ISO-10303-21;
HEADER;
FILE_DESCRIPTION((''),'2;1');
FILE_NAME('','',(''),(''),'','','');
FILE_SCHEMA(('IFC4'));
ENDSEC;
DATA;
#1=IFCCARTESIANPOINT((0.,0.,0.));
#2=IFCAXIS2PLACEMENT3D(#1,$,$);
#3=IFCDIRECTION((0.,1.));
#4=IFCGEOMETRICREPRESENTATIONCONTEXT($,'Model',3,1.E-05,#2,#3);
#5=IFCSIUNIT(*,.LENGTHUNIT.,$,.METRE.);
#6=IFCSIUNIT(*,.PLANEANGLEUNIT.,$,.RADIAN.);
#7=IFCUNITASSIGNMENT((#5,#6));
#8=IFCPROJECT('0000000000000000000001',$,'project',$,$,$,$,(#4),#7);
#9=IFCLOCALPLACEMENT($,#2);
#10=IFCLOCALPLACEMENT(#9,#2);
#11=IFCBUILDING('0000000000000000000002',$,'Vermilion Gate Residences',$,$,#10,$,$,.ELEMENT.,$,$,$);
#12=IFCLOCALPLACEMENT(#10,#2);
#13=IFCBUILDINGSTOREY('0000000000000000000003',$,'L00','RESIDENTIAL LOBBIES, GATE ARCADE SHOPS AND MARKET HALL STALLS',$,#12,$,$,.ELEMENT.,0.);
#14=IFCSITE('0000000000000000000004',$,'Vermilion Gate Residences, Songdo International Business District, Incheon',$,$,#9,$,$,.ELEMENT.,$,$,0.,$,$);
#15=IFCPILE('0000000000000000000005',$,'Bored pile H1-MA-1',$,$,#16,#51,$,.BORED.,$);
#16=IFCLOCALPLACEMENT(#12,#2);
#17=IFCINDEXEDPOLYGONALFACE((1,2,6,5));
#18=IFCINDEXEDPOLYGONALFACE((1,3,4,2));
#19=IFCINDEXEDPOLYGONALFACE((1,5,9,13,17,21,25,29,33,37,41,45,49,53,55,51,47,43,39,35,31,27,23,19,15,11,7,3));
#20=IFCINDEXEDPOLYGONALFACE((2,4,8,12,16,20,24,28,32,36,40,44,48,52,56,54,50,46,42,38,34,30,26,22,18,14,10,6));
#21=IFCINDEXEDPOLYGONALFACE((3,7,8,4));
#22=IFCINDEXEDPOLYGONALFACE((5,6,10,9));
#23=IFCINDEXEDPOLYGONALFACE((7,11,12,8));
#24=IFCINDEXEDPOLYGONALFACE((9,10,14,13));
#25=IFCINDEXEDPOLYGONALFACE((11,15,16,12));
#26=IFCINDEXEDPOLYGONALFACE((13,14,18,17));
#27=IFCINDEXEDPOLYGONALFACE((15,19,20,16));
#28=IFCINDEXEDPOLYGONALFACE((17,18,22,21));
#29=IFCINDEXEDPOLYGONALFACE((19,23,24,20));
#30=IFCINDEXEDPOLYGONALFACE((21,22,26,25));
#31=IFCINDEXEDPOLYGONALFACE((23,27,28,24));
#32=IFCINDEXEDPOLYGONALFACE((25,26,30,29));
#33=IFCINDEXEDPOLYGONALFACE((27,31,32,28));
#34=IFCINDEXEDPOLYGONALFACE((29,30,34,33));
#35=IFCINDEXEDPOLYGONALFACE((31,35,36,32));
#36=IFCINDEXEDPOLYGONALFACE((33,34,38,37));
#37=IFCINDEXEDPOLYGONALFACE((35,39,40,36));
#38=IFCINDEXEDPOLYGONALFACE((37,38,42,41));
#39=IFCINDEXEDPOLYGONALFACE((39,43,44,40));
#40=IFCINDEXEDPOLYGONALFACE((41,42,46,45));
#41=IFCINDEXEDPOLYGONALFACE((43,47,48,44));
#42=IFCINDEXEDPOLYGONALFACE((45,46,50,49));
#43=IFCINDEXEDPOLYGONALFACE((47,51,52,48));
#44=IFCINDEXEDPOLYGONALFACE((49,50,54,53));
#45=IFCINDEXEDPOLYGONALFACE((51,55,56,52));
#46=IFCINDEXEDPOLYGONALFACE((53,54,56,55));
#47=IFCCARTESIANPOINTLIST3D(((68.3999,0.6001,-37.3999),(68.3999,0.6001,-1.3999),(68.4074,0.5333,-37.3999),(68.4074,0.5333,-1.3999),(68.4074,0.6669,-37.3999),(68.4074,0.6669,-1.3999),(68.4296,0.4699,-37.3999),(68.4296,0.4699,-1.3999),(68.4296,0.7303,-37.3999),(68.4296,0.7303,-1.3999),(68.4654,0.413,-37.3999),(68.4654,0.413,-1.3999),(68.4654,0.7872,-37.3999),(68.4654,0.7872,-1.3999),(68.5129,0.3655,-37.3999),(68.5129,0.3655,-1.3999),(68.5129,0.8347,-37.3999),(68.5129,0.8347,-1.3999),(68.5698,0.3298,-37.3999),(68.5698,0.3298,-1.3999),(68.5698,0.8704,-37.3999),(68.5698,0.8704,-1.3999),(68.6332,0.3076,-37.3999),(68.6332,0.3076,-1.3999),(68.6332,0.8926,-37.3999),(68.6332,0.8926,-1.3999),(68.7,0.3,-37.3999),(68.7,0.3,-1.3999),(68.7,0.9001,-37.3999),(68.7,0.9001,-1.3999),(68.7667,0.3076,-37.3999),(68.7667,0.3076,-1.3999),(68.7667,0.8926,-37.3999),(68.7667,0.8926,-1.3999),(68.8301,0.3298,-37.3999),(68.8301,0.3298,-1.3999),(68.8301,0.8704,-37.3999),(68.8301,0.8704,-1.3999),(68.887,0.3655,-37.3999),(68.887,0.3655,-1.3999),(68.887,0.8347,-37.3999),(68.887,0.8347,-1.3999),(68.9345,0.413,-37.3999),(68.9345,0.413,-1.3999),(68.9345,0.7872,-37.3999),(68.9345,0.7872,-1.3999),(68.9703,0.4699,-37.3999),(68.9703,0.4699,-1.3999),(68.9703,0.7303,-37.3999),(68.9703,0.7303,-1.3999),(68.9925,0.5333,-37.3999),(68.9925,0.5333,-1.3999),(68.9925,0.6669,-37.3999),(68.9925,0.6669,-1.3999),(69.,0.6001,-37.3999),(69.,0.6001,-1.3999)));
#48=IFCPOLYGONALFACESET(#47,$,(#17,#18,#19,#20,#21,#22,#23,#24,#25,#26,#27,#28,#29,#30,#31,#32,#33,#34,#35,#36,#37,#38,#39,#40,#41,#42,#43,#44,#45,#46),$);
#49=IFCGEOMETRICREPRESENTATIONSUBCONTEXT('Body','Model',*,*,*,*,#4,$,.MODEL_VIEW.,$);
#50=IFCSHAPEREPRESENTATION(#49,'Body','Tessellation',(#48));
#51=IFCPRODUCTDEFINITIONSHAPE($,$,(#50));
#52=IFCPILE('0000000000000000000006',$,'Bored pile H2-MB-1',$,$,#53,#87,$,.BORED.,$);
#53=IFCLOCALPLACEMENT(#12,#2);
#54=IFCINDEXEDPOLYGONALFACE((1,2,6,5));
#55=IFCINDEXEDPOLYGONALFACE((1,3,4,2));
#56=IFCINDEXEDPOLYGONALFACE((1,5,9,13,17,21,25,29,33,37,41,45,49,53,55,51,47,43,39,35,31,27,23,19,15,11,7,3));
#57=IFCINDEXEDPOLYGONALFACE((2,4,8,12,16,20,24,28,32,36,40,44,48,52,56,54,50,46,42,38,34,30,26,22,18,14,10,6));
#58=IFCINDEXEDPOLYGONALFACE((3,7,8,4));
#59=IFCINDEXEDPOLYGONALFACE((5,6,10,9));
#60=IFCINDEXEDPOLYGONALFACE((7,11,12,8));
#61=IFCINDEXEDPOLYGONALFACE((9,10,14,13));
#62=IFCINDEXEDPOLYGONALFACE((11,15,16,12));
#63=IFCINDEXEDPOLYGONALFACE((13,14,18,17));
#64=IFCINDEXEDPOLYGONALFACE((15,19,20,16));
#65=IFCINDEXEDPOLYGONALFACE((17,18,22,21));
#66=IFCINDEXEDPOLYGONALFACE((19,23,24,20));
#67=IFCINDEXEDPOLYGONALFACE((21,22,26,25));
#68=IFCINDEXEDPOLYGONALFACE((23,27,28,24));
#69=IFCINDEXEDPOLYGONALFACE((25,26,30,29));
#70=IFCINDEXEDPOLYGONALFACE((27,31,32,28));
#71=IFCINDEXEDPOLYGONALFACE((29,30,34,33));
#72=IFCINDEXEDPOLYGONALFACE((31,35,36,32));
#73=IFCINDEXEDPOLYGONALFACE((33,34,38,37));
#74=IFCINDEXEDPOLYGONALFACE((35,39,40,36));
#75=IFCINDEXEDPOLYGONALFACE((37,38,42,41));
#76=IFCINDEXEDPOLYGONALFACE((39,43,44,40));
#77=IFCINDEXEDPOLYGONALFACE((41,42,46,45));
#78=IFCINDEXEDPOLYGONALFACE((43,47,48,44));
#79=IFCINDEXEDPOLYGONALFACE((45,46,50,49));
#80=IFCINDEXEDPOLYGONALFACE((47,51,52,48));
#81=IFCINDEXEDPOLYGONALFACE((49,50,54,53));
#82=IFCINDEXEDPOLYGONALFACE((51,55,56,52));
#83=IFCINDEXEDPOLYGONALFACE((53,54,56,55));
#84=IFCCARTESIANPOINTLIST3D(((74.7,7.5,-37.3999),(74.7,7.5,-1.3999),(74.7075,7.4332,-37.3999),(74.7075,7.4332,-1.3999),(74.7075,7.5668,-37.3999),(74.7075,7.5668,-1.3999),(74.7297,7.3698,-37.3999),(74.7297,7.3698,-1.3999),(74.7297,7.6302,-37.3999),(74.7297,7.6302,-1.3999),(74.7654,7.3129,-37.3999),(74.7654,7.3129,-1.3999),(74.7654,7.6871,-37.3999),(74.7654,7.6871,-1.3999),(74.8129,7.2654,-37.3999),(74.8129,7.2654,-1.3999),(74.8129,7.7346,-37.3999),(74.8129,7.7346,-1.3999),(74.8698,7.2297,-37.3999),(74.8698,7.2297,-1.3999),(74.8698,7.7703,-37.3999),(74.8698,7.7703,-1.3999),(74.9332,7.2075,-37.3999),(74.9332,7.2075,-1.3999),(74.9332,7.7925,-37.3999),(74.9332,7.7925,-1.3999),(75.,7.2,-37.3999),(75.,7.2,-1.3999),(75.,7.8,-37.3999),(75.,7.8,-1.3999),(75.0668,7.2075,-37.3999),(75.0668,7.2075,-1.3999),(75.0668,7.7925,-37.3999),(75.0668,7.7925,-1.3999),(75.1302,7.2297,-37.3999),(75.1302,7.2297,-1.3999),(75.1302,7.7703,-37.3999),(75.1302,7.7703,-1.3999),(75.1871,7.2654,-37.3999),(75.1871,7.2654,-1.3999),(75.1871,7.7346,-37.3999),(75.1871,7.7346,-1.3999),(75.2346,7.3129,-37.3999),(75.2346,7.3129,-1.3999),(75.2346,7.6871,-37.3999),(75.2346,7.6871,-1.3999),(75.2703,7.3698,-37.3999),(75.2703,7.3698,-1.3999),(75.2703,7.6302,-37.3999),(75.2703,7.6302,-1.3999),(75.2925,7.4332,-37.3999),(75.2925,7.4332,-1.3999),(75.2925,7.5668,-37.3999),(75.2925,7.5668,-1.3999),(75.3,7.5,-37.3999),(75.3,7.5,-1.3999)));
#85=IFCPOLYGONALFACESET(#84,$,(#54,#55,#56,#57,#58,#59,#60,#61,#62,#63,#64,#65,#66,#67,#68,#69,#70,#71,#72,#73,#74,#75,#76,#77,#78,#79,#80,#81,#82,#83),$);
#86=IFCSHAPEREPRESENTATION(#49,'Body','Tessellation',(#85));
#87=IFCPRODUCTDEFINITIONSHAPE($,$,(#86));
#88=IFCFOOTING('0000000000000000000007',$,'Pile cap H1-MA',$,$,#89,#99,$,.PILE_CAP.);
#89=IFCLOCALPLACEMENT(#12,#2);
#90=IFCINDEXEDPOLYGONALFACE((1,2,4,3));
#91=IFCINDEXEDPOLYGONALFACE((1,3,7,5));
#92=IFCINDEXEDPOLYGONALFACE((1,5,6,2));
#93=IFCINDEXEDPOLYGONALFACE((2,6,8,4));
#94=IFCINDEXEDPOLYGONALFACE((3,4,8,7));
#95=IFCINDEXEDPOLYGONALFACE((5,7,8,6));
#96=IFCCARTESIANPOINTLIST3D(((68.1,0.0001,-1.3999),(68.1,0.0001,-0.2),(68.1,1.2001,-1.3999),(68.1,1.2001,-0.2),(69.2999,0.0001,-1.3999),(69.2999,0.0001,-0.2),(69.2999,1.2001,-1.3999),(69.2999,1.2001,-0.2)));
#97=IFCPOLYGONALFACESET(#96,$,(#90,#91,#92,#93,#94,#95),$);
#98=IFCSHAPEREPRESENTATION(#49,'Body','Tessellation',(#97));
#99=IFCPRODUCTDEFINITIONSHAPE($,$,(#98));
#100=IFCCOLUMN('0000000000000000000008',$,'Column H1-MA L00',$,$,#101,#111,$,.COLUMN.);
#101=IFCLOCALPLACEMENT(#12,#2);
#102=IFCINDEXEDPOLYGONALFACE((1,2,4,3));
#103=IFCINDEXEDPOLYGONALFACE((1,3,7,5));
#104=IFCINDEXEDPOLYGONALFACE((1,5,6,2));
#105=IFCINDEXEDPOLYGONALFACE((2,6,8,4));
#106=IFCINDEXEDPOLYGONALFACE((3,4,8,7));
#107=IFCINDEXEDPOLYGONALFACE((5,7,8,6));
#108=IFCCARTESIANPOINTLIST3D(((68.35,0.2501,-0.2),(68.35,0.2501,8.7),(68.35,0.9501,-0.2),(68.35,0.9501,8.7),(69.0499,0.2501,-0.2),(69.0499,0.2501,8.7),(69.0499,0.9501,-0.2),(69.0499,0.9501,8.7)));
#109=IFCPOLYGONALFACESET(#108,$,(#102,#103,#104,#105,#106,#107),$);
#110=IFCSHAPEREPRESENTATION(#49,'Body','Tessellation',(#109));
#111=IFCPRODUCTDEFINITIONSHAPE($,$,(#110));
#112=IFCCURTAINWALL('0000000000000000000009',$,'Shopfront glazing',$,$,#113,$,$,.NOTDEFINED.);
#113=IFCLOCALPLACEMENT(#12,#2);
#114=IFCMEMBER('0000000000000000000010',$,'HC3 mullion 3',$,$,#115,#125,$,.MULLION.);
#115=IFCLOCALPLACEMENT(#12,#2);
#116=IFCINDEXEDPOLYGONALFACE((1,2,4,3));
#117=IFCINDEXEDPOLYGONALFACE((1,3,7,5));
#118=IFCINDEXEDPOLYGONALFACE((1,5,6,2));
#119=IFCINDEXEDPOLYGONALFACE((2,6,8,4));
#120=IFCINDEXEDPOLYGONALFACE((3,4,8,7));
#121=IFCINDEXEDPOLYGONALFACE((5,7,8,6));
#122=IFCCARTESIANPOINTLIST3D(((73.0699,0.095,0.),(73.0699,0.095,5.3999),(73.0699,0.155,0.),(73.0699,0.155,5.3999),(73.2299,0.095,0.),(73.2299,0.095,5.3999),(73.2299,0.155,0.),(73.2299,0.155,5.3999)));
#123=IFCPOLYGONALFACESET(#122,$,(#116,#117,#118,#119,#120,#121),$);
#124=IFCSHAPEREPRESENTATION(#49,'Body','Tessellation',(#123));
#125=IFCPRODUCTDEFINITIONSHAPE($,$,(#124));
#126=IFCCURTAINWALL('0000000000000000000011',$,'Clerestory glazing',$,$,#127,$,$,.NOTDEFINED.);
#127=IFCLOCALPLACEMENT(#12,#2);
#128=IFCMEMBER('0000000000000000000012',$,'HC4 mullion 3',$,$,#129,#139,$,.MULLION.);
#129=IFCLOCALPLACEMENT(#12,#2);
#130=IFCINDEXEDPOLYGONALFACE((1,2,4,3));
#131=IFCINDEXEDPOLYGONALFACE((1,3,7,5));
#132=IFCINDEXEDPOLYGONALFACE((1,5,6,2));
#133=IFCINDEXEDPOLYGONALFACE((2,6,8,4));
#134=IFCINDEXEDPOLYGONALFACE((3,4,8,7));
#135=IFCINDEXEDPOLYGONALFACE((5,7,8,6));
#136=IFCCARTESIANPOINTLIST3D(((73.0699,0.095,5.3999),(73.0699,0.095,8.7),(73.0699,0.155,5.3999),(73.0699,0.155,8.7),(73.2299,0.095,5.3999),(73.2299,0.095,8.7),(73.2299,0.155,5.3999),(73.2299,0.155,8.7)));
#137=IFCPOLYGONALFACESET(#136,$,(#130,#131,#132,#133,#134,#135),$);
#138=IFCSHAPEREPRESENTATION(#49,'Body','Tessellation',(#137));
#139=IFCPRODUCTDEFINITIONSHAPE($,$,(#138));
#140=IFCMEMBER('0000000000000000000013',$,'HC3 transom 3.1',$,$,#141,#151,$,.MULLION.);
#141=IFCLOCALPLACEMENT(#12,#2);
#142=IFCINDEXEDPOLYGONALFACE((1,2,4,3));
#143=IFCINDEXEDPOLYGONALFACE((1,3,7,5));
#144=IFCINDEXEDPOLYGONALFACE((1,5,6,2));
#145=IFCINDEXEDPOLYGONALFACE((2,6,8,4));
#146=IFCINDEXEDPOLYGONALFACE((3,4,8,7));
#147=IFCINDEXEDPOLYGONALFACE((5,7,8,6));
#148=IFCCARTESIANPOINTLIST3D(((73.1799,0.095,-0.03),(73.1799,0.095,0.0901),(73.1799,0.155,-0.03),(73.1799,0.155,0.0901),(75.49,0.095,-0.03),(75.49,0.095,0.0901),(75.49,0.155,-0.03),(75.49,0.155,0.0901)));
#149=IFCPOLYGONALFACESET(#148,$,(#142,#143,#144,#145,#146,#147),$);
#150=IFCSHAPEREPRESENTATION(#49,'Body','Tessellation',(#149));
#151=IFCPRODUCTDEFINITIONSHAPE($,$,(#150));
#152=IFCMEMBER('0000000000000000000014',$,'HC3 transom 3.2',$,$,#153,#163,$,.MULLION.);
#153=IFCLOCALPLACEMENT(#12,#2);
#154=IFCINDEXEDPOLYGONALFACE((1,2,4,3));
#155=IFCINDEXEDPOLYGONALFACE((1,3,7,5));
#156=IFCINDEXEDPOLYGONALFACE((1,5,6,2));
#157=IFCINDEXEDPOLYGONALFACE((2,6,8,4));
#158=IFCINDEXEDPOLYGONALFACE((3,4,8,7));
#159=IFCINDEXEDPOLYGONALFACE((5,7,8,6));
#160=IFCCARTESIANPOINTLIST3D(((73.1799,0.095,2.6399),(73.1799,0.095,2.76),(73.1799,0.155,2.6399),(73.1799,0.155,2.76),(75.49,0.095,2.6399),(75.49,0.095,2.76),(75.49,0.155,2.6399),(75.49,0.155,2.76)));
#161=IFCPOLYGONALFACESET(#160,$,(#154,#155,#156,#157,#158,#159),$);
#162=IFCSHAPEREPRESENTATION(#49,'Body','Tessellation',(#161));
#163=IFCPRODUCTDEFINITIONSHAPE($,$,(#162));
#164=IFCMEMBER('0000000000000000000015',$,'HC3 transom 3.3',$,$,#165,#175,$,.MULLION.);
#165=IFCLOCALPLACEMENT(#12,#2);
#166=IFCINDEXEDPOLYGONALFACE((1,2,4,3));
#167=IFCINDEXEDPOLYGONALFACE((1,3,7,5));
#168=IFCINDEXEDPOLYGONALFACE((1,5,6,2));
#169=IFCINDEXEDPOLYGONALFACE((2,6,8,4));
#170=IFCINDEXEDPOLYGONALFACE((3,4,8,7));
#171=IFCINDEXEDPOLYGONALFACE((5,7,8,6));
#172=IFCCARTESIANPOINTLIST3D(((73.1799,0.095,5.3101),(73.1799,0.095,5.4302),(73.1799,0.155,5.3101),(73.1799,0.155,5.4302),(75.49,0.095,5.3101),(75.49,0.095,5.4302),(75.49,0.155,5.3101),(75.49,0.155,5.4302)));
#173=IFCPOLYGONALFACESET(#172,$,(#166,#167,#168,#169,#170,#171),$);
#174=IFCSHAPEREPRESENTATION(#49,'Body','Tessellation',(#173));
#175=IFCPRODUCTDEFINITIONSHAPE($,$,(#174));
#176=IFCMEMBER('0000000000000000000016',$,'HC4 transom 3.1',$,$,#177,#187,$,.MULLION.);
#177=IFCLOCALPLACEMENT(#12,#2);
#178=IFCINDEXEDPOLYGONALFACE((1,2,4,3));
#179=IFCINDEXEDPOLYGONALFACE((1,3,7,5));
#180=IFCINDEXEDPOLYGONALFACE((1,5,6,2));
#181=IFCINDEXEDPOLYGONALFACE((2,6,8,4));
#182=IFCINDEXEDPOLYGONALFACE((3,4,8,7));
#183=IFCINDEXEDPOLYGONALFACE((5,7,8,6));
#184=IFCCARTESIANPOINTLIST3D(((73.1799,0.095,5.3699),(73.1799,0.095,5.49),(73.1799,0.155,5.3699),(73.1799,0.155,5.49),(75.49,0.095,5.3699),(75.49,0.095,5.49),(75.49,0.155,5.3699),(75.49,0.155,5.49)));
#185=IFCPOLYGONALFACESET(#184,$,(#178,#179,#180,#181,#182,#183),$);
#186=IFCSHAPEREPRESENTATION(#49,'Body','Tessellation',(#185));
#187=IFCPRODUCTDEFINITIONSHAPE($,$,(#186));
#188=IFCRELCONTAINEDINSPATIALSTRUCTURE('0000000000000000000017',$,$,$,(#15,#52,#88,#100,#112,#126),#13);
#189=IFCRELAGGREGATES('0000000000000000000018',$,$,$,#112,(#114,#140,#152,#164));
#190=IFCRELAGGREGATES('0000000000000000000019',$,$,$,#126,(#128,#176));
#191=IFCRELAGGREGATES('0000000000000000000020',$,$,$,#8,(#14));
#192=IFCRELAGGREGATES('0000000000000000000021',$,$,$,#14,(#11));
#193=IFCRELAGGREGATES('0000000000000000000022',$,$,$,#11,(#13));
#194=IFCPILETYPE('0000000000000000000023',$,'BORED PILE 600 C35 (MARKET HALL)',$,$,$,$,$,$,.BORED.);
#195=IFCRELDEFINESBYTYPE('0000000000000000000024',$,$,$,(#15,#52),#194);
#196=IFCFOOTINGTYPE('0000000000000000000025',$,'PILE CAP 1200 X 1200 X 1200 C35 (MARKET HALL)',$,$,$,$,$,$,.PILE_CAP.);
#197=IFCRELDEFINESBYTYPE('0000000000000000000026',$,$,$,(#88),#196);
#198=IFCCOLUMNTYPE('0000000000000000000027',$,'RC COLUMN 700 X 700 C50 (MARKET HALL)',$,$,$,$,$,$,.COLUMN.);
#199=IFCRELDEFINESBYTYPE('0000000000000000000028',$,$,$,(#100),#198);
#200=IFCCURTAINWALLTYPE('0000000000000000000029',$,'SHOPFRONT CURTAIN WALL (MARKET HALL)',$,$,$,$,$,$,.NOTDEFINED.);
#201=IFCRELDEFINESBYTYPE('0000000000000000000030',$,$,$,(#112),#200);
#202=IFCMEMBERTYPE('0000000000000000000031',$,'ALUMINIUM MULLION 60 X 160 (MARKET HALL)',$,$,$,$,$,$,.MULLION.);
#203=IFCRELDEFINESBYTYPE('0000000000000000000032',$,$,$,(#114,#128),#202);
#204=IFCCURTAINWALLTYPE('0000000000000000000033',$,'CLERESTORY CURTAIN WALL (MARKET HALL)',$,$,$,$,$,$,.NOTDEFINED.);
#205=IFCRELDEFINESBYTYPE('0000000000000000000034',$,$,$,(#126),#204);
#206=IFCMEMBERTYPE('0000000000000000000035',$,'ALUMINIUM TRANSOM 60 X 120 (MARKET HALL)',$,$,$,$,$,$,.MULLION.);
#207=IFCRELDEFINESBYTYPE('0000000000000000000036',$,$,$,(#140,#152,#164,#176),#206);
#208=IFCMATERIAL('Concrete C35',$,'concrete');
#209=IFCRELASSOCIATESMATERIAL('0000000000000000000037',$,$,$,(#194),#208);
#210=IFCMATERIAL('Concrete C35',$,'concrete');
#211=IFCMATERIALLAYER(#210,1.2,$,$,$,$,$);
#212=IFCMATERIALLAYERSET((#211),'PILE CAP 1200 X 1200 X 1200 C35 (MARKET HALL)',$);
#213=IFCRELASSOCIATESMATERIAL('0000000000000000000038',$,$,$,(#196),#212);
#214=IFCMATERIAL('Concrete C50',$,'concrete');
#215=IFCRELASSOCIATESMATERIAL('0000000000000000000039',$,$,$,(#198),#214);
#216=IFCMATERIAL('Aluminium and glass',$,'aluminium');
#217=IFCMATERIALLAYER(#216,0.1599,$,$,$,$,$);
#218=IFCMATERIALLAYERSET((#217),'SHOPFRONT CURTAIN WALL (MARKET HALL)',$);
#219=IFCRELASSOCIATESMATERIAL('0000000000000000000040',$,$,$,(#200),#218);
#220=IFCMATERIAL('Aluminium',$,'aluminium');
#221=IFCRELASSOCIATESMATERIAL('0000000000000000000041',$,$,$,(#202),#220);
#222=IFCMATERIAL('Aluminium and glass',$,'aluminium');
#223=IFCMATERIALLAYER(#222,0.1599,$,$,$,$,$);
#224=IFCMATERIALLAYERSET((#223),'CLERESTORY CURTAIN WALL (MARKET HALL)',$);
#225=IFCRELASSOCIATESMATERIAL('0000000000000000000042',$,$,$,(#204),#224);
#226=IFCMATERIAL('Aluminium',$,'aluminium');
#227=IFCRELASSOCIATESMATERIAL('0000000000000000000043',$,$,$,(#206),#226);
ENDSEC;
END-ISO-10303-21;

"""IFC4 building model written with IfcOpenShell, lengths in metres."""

from ifc_helpers import new_model, si_unit, direction, frame, origin, origin_2d, place, context, subcontext, project, spatial, rectangle, circle, extrude, material, layer, layer_set, material_profile, profile_set, type_object, element, aggregate, save


model = new_model("IFC4")

# Units and contexts
model_context = context("Model", 3, precision=1e-05, world=origin(), true_north=direction((0.0, 1.0)))
body_context = subcontext(model_context, "Body", "Model", "MODEL_VIEW")
ifc_project = project(units=[si_unit("LENGTHUNIT", "METRE"), si_unit("PLANEANGLEUNIT", "RADIAN")], contexts=[model_context])

# Site, building, storey
site_placement = place(None, origin())
site = spatial("IfcSite", under=ifc_project, at=site_placement, Name="Vermilion Gate Residences, Songdo International Business District, Incheon", CompositionType="ELEMENT", RefElevation=0.0)
building_placement = place(site_placement, origin())
building = spatial("IfcBuilding", under=site, at=building_placement, Name="Vermilion Gate Residences", CompositionType="ELEMENT")
storey_placement = place(building_placement, origin())
storey = spatial("IfcBuildingStorey", under=building, at=storey_placement, Name="L00", Description="RESIDENTIAL LOBBIES, GATE ARCADE SHOPS AND MARKET HALL STALLS", CompositionType="ELEMENT", Elevation=0.0)

# Piles
ifc_material_1 = material(Name="Concrete C35", Category="concrete")
ifc_material_profile_1 = material_profile(ifc_material_1, circle(Radius=0.3, at=origin_2d()), Name="BORED PILE 600 C35 (MARKET HALL)")
ifc_profile_set_1 = profile_set([ifc_material_profile_1], Name="Concrete C35")
pile_type = type_object("IfcPileType", Name="BORED PILE 600 C35 (MARKET HALL)", PredefinedType="BORED", material=ifc_profile_set_1)
for number, where, z_axis, x_axis, name in (
    (1, (68.7, 0.6001, -1.3999), (0.0, 0.0, -1.0), (1.0, 0.0, 0.0), "Bored pile H1-MA-1"),
    (2, (75.0, 7.5, -1.3999), (0.0, 0.0, -1.0), (1.0, 0.0, 0.0), "Bored pile H2-MB-1"),
):
    element("IfcPile", number, at=place(storey_placement, frame(where, z_axis=z_axis, x_axis=x_axis)), inside=storey, type_object=pile_type, Name=name, PredefinedType="BORED", context=body_context, shape_type="SweptSolid", body=[
        extrude(circle(Radius=0.3, at=origin_2d()), origin(), (0.0, 0.0, 1.0), 36.0),
    ])

# Footing
ifc_material_2 = material(Name="Concrete C35", Category="concrete")
ifc_layer_1 = layer(ifc_material_2, 1.2)
ifc_layer_set_1 = layer_set([ifc_layer_1], Name="PILE CAP 1200 X 1200 X 1200 C35 (MARKET HALL)")
footing_type = type_object("IfcFootingType", Name="PILE CAP 1200 X 1200 X 1200 C35 (MARKET HALL)", PredefinedType="PILE_CAP", material=ifc_layer_set_1)
footing_placement = place(storey_placement, frame((68.7, 0.6001, -1.3999), z_axis=(0.0, 0.0, 1.0), x_axis=(1.0, 0.0, 0.0)))
element("IfcFooting", 3, at=footing_placement, inside=storey, type_object=footing_type, Name="Pile cap H1-MA", PredefinedType="PILE_CAP", context=body_context, shape_type="SweptSolid", body=[
    extrude(rectangle(XDim=1.2, YDim=1.2, at=origin_2d()), origin(), (0.0, 0.0, 1.0), 1.2),
])

# Column
ifc_material_3 = material(Name="Concrete C50", Category="concrete")
ifc_material_profile_2 = material_profile(ifc_material_3, rectangle(XDim=0.7, YDim=0.7, at=origin_2d()), Name="RC COLUMN 700 X 700 C50 (MARKET HALL)")
ifc_profile_set_2 = profile_set([ifc_material_profile_2], Name="Concrete C50")
column_type = type_object("IfcColumnType", Name="RC COLUMN 700 X 700 C50 (MARKET HALL)", PredefinedType="COLUMN", material=ifc_profile_set_2)
column_placement = place(storey_placement, frame((68.7, 0.6001, -0.2), z_axis=(0.0, 0.0, 1.0), x_axis=(1.0, 0.0, 0.0)))
element("IfcColumn", 4, at=column_placement, inside=storey, type_object=column_type, Name="Column H1-MA L00", PredefinedType="COLUMN", context=body_context, shape_type="SweptSolid", body=[
    extrude(rectangle(XDim=0.7, YDim=0.7, at=origin_2d()), origin(), (0.0, 0.0, 1.0), 8.8999),
])

# Curtain walls, members
ifc_material_4 = material(Name="Aluminium and glass", Category="aluminium")
ifc_layer_2 = layer(ifc_material_4, 0.1599)
ifc_layer_set_2 = layer_set([ifc_layer_2], Name="SHOPFRONT CURTAIN WALL (MARKET HALL)")
curtain_wall_type_1 = type_object("IfcCurtainWallType", Name="SHOPFRONT CURTAIN WALL (MARKET HALL)", PredefinedType="NOTDEFINED", material=ifc_layer_set_2)
curtain_wall_1_placement = place(storey_placement, origin())
curtain_wall_1 = element("IfcCurtainWall", 5, at=curtain_wall_1_placement, inside=storey, type_object=curtain_wall_type_1, Name="Shopfront glazing", PredefinedType="NOTDEFINED")
ifc_material_5 = material(Name="Aluminium", Category="aluminium")
ifc_material_profile_3 = material_profile(ifc_material_5, rectangle(XDim=0.0601, YDim=0.1599, at=origin_2d()), Name="ALUMINIUM MULLION 60 X 160 (MARKET HALL)")
ifc_profile_set_3 = profile_set([ifc_material_profile_3], Name="Aluminium")
member_type_1 = type_object("IfcMemberType", Name="ALUMINIUM MULLION 60 X 160 (MARKET HALL)", PredefinedType="MULLION", material=ifc_profile_set_3)
member_1_placement = place(storey_placement, frame((73.1499, 0.125, 0.0), z_axis=(0.0, 0.0, 1.0), x_axis=(0.0, 1.0, 0.0)))
member_1 = element("IfcMember", 6, at=member_1_placement, type_object=member_type_1, Name="HC3 mullion 3", PredefinedType="MULLION", context=body_context, shape_type="SweptSolid", body=[
    extrude(rectangle(XDim=0.0601, YDim=0.1599, at=origin_2d()), origin(), (0.0, 0.0, 1.0), 5.3999),
])
ifc_material_6 = material(Name="Aluminium and glass", Category="aluminium")
ifc_layer_3 = layer(ifc_material_6, 0.1599)
ifc_layer_set_3 = layer_set([ifc_layer_3], Name="CLERESTORY CURTAIN WALL (MARKET HALL)")
curtain_wall_type_2 = type_object("IfcCurtainWallType", Name="CLERESTORY CURTAIN WALL (MARKET HALL)", PredefinedType="NOTDEFINED", material=ifc_layer_set_3)
curtain_wall_2_placement = place(storey_placement, origin())
curtain_wall_2 = element("IfcCurtainWall", 7, at=curtain_wall_2_placement, inside=storey, type_object=curtain_wall_type_2, Name="Clerestory glazing", PredefinedType="NOTDEFINED")
member_2_placement = place(storey_placement, frame((73.1499, 0.125, 5.3999), z_axis=(0.0, 0.0, 1.0), x_axis=(0.0, 1.0, 0.0)))
member_2 = element("IfcMember", 8, at=member_2_placement, type_object=member_type_1, Name="HC4 mullion 3", PredefinedType="MULLION", context=body_context, shape_type="SweptSolid", body=[
    extrude(rectangle(XDim=0.0601, YDim=0.1599, at=origin_2d()), origin(), (0.0, 0.0, 1.0), 3.3),
])

# Members
ifc_material_7 = material(Name="Aluminium", Category="aluminium")
ifc_material_profile_4 = material_profile(ifc_material_7, rectangle(XDim=0.0601, YDim=0.1201, at=origin_2d()), Name="ALUMINIUM TRANSOM 60 X 120 (MARKET HALL)")
ifc_profile_set_4 = profile_set([ifc_material_profile_4], Name="Aluminium")
member_type_2 = type_object("IfcMemberType", Name="ALUMINIUM TRANSOM 60 X 120 (MARKET HALL)", PredefinedType="MULLION", material=ifc_profile_set_4)
member_3_placement = place(storey_placement, frame((73.1799, 0.125, 0.03), z_axis=(1.0, 0.0, 0.0), x_axis=(0.0, 1.0, 0.0)))
member_3 = element("IfcMember", 9, at=member_3_placement, type_object=member_type_2, Name="HC3 transom 3.1", PredefinedType="MULLION", context=body_context, shape_type="SweptSolid", body=[
    extrude(rectangle(XDim=0.0601, YDim=0.1201, at=origin_2d()), origin(), (0.0, 0.0, 1.0), 2.3101),
])
member_4_placement = place(storey_placement, frame((73.1799, 0.125, 2.7), z_axis=(1.0, 0.0, 0.0), x_axis=(0.0, 1.0, 0.0)))
member_4 = element("IfcMember", 10, at=member_4_placement, type_object=member_type_2, Name="HC3 transom 3.2", PredefinedType="MULLION", context=body_context, shape_type="SweptSolid", body=[
    extrude(rectangle(XDim=0.0601, YDim=0.1201, at=origin_2d()), origin(), (0.0, 0.0, 1.0), 2.3101),
])
member_5_placement = place(storey_placement, frame((73.1799, 0.125, 5.3701), z_axis=(1.0, 0.0, 0.0), x_axis=(0.0, 1.0, 0.0)))
member_5 = element("IfcMember", 11, at=member_5_placement, type_object=member_type_2, Name="HC3 transom 3.3", PredefinedType="MULLION", context=body_context, shape_type="SweptSolid", body=[
    extrude(rectangle(XDim=0.0601, YDim=0.1201, at=origin_2d()), origin(), (0.0, 0.0, 1.0), 2.3101),
])
member_6_placement = place(storey_placement, frame((73.1799, 0.125, 5.4299), z_axis=(1.0, 0.0, 0.0), x_axis=(0.0, 1.0, 0.0)))
member_6 = element("IfcMember", 12, at=member_6_placement, type_object=member_type_2, Name="HC4 transom 3.1", PredefinedType="MULLION", context=body_context, shape_type="SweptSolid", body=[
    extrude(rectangle(XDim=0.0601, YDim=0.1201, at=origin_2d()), origin(), (0.0, 0.0, 1.0), 2.3101),
])

aggregate(curtain_wall_1, [member_1, member_3, member_4, member_5])
aggregate(curtain_wall_2, [member_2, member_6])

save(model, "model.ifc")
